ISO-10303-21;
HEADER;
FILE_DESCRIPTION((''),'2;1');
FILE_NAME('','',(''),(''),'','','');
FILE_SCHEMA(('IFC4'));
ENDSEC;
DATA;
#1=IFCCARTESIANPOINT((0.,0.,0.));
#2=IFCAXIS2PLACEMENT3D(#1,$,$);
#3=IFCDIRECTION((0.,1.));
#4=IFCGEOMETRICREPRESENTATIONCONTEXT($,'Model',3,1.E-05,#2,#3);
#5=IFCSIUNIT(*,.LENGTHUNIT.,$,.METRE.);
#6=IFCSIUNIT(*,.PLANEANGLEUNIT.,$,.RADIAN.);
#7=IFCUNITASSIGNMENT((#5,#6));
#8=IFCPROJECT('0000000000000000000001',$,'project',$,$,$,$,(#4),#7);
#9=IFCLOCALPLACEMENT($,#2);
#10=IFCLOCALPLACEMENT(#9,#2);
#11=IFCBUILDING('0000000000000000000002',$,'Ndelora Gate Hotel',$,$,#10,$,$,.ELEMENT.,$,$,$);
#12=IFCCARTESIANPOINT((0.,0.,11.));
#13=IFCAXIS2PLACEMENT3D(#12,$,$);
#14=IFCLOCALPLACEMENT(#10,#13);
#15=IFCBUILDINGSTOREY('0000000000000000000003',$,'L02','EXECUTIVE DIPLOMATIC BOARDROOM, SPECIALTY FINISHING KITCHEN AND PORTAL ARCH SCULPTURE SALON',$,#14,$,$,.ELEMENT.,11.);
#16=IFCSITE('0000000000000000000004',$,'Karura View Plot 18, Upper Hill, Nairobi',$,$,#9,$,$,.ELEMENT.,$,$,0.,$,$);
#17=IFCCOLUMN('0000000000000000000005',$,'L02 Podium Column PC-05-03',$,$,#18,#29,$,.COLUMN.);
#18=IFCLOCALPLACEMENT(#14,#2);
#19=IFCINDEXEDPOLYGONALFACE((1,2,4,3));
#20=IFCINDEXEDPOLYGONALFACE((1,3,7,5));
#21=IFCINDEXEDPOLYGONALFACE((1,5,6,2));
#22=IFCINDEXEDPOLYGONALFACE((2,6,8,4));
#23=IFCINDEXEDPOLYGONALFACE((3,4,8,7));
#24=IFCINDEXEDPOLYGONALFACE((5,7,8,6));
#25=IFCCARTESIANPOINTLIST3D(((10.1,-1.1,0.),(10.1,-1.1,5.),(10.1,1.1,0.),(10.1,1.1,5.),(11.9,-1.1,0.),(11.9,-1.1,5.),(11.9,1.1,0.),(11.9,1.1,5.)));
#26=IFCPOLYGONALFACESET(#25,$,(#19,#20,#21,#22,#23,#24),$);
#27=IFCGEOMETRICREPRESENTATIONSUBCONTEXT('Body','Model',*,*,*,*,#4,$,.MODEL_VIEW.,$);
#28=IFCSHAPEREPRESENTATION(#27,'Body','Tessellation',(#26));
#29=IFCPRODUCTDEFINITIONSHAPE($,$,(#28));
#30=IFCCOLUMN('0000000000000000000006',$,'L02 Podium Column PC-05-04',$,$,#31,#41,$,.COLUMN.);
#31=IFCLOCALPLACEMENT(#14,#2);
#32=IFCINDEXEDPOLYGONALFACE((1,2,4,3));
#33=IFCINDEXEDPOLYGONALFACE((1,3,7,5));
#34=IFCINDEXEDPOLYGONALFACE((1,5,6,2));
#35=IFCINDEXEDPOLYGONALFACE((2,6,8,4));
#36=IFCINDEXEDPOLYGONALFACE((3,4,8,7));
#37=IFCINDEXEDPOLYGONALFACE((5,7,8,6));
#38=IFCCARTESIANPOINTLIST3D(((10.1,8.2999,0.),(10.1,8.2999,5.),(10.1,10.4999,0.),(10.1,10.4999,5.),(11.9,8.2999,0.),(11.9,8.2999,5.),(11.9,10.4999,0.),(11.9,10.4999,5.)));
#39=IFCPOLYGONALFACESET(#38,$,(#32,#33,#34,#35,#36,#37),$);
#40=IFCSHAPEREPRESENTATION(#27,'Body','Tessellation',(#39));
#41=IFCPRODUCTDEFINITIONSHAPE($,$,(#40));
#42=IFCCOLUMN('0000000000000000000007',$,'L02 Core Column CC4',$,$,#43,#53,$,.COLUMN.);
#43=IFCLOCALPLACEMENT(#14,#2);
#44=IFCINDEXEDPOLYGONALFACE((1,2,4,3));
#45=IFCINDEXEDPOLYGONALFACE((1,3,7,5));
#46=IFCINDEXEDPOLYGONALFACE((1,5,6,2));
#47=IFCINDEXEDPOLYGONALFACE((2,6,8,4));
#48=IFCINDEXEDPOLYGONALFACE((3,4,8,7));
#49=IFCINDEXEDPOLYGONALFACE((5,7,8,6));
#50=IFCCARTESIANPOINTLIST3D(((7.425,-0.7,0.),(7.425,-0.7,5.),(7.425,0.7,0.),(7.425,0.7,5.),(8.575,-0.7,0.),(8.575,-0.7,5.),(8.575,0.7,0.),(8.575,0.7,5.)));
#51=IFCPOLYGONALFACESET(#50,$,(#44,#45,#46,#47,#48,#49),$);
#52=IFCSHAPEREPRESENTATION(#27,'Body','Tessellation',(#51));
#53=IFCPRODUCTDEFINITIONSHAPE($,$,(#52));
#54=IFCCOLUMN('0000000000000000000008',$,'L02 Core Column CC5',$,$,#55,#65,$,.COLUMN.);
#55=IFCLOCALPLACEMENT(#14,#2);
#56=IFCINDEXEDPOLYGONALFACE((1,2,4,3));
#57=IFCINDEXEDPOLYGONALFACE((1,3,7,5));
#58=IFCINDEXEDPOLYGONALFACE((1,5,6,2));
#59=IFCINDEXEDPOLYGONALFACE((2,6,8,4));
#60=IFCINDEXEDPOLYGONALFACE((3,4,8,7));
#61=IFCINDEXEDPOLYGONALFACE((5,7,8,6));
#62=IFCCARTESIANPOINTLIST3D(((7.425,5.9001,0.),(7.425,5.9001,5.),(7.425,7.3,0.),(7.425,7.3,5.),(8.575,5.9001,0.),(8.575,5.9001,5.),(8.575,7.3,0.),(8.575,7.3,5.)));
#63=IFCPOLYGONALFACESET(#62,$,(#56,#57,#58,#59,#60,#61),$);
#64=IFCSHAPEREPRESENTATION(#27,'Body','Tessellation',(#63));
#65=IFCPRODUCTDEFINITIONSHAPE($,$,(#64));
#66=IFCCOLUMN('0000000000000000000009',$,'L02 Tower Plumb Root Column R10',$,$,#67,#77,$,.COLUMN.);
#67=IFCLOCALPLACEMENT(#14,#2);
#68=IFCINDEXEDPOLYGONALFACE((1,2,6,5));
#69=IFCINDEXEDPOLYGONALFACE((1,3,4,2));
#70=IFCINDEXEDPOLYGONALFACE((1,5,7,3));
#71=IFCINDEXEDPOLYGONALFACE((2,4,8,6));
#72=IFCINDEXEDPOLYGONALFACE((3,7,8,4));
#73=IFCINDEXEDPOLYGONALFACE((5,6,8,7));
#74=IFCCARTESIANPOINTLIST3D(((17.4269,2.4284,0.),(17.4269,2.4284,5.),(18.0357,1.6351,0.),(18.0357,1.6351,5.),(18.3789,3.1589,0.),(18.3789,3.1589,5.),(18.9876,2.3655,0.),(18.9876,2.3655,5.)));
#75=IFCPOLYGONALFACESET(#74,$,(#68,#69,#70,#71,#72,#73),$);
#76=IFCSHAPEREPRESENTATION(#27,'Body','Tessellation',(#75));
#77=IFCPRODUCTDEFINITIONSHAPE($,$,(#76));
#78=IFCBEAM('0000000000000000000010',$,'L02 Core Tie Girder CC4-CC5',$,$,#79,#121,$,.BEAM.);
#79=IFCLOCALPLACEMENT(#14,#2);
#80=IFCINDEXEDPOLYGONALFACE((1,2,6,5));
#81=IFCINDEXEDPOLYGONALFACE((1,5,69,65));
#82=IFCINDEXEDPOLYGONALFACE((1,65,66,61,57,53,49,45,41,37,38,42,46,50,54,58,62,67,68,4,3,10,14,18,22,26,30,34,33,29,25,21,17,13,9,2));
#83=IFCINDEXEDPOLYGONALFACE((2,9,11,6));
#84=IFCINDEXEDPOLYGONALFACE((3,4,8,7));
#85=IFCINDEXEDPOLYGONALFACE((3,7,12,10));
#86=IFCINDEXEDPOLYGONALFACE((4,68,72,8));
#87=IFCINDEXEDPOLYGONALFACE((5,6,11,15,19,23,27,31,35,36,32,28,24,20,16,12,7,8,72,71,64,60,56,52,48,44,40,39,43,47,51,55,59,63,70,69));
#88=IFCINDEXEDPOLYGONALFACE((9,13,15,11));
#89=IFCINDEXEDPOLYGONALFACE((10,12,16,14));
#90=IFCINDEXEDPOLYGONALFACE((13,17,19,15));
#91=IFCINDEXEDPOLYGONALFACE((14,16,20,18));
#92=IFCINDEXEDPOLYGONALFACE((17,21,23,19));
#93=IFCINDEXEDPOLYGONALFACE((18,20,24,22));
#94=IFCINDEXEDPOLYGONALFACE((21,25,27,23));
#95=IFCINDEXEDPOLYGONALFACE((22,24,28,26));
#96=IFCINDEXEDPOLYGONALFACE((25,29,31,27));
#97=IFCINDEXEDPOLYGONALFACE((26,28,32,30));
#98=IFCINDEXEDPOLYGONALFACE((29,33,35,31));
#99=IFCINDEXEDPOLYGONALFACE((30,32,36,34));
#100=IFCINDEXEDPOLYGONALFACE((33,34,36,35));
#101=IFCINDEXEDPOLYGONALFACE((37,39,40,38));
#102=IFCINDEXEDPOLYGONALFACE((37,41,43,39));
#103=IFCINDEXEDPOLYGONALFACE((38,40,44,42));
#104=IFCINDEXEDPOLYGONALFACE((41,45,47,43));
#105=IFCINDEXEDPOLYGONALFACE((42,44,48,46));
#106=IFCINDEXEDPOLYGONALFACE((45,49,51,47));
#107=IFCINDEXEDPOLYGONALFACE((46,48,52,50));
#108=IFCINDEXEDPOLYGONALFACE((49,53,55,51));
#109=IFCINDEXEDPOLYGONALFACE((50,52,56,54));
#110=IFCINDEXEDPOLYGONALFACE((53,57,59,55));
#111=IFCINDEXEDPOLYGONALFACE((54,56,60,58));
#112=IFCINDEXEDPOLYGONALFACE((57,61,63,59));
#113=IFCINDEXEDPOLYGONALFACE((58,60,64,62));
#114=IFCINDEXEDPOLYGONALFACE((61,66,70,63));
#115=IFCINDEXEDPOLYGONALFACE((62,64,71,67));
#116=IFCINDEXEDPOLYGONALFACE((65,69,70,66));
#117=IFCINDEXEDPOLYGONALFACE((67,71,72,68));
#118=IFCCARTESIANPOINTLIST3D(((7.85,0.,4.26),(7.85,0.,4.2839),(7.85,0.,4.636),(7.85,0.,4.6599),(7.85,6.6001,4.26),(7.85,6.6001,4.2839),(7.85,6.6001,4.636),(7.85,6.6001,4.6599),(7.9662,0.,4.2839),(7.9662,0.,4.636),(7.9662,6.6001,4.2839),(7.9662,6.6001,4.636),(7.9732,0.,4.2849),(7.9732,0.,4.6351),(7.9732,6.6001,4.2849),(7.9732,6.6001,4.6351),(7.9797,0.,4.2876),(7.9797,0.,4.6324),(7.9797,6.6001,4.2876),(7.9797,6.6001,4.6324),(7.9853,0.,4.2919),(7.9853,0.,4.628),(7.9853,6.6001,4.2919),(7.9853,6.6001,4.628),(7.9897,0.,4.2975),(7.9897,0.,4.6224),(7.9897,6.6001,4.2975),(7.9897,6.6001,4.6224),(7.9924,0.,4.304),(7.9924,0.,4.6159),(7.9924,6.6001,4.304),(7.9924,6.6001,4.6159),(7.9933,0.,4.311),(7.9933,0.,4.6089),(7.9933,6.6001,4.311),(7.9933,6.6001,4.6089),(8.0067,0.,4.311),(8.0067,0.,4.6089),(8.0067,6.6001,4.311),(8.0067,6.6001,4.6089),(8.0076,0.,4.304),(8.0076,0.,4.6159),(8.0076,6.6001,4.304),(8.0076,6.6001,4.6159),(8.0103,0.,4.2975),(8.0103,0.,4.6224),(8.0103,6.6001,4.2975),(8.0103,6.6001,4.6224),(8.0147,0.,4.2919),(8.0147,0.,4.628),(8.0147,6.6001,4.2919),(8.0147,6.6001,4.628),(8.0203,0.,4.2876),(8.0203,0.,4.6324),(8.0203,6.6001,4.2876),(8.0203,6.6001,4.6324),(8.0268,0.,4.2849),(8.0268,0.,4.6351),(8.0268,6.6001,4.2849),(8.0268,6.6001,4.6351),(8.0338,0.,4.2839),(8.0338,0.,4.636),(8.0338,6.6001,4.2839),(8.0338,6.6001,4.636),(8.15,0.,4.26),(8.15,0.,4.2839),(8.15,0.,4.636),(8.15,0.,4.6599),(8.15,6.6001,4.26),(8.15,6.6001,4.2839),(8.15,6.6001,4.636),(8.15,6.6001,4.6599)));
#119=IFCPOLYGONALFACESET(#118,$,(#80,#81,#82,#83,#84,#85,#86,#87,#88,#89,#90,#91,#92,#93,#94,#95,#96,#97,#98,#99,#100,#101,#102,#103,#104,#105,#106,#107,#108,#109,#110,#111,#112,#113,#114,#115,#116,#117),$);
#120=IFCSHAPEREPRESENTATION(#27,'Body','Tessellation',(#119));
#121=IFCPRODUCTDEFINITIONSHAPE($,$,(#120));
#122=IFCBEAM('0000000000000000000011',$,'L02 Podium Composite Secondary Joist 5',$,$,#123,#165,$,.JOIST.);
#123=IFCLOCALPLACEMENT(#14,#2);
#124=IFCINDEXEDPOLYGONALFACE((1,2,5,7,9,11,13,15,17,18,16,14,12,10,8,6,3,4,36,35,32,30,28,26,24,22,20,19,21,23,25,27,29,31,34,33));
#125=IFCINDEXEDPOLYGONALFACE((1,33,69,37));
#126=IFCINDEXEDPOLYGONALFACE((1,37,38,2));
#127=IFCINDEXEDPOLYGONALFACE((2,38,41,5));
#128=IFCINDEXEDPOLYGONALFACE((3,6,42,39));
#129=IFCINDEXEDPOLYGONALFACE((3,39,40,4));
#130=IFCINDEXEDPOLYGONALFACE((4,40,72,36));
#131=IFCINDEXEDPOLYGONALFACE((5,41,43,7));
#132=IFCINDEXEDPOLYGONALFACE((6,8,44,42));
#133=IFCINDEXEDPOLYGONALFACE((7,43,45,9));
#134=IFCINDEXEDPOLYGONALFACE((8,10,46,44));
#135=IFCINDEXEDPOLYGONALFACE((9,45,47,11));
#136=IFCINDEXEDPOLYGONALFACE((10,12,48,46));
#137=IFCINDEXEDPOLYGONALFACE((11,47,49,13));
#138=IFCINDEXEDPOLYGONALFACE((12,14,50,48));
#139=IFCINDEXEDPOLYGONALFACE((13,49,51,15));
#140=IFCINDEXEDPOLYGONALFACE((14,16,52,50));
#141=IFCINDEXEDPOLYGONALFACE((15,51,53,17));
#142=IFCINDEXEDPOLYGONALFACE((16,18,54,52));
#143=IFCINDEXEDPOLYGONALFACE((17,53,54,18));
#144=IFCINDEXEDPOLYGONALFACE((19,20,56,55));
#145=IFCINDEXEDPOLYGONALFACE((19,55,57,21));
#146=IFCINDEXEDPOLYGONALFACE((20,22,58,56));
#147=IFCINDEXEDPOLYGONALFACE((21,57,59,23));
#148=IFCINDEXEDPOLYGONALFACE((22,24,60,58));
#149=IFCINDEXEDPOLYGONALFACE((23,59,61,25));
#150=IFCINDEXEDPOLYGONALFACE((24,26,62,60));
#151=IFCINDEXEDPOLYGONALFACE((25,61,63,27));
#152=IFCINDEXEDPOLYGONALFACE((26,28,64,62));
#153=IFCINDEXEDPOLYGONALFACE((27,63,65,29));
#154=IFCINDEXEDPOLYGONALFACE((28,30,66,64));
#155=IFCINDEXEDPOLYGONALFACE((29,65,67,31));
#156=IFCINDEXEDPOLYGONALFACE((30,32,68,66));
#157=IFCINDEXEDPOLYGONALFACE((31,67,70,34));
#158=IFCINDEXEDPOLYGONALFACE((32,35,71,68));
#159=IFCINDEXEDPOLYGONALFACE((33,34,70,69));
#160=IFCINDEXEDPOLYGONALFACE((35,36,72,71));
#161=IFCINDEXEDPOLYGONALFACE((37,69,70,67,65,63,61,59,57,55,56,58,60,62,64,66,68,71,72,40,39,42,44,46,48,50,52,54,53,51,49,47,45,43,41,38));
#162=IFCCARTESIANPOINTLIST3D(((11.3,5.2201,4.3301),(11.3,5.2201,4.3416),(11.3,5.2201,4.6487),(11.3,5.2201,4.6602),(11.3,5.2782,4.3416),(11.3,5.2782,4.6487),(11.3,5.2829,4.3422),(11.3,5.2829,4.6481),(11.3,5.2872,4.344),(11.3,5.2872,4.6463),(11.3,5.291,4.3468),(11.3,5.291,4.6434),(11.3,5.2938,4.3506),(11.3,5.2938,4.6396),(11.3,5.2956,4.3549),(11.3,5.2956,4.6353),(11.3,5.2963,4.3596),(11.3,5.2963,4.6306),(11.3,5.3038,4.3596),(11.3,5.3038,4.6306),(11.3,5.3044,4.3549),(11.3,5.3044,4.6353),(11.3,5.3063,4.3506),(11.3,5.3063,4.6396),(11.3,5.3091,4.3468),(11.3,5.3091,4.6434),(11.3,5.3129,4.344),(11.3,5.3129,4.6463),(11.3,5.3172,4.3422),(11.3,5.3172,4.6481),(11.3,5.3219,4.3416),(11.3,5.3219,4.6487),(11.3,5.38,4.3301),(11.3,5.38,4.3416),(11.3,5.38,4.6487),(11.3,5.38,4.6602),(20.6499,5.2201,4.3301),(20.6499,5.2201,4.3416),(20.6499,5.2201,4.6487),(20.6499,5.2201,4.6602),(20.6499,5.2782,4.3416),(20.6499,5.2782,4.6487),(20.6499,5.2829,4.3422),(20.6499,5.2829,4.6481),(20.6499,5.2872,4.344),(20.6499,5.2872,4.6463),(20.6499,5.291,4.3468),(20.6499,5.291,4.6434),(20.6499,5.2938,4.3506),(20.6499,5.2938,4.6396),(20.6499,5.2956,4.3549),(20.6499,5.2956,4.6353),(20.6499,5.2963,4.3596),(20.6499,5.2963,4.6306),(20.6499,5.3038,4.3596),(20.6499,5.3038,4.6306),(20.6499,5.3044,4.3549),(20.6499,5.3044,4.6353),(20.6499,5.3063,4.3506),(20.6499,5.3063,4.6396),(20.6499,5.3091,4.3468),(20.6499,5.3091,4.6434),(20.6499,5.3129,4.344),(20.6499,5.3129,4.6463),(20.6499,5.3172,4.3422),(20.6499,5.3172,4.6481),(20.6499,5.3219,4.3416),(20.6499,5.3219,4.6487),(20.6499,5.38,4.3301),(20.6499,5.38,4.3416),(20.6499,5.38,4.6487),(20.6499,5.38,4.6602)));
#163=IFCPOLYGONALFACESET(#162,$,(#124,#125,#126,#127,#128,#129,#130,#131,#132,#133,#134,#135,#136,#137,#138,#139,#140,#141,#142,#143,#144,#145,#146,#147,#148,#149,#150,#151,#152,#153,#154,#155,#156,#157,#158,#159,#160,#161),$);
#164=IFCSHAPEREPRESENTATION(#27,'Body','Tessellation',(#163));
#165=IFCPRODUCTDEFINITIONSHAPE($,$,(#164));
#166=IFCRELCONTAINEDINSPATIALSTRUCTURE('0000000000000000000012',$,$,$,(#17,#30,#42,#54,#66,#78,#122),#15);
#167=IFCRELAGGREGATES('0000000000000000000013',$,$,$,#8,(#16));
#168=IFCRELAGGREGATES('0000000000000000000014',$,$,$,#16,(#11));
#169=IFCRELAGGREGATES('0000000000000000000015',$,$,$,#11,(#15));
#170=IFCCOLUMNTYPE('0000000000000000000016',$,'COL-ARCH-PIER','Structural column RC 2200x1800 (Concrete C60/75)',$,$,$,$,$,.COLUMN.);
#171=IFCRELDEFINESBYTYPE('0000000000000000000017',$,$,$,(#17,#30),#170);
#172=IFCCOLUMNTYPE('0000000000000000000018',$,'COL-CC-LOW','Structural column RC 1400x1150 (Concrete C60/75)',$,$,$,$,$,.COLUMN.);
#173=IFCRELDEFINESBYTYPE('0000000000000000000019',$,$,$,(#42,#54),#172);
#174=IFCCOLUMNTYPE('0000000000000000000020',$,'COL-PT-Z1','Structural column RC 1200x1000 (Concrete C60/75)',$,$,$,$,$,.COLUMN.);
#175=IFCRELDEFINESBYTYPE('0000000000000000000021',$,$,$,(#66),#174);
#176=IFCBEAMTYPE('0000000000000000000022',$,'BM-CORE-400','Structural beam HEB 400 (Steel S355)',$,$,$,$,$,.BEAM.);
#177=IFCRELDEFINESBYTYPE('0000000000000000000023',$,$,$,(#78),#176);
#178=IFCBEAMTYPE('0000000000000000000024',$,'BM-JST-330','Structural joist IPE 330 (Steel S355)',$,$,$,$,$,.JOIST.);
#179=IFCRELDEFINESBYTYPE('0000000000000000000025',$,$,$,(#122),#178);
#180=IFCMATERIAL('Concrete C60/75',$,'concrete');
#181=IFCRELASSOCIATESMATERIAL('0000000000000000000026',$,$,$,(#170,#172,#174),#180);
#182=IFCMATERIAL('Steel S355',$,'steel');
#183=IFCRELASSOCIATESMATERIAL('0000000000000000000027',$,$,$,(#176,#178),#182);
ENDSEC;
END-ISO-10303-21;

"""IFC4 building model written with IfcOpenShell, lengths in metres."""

from ifc_helpers import new_model, si_unit, direction, frame, origin, origin_2d, place, context, subcontext, project, spatial, rectangle, i_section, extrude, material, material_profile, profile_set, type_object, element, save


model = new_model("IFC4")

# Units and contexts
model_context = context("Model", 3, precision=1e-05, world=origin(), true_north=direction((0.0, 1.0)))
body_context = subcontext(model_context, "Body", "Model", "MODEL_VIEW")
ifc_project = project(units=[si_unit("LENGTHUNIT", "METRE"), si_unit("PLANEANGLEUNIT", "RADIAN")], contexts=[model_context])

# Site, building, storey
site_placement = place(None, origin())
site = spatial("IfcSite", under=ifc_project, at=site_placement, Name="Karura View Plot 18, Upper Hill, Nairobi", CompositionType="ELEMENT", RefElevation=0.0)
building_placement = place(site_placement, origin())
building = spatial("IfcBuilding", under=site, at=building_placement, Name="Ndelora Gate Hotel", CompositionType="ELEMENT")
storey_placement = place(building_placement, frame((0.0, 0.0, 11.0)))
storey = spatial("IfcBuildingStorey", under=building, at=storey_placement, Name="L02", Description="EXECUTIVE DIPLOMATIC BOARDROOM, SPECIALTY FINISHING KITCHEN AND PORTAL ARCH SCULPTURE SALON", CompositionType="ELEMENT", Elevation=11.0)

# Columns
ifc_material_1 = material(Name="Concrete C60/75", Category="concrete")
ifc_material_profile_1 = material_profile(ifc_material_1, rectangle(XDim=1.8, YDim=2.2, at=origin_2d()), Name="RC 2200x1800")
ifc_profile_set_1 = profile_set([ifc_material_profile_1], Name="Concrete C60/75")
column_type_1 = type_object("IfcColumnType", Name="COL-ARCH-PIER", Description="Structural column RC 2200x1800 (Concrete C60/75)", PredefinedType="COLUMN", material=ifc_profile_set_1)
for number, where, z_axis, x_axis, name in (
    (1, (11.0, 0.0, 0.0), (0.0, 0.0, 1.0), (1.0, 0.0, 0.0), "L02 Podium Column PC-05-03"),
    (2, (11.0, 9.3999, 0.0), (0.0, 0.0, 1.0), (1.0, 0.0, 0.0), "L02 Podium Column PC-05-04"),
):
    element("IfcColumn", number, at=place(storey_placement, frame(where, z_axis=z_axis, x_axis=x_axis)), inside=storey, type_object=column_type_1, Name=name, PredefinedType="COLUMN", context=body_context, shape_type="SweptSolid", body=[
        extrude(rectangle(XDim=1.8, YDim=2.2, at=origin_2d()), origin(), (0.0, 0.0, 1.0), 5.0),
    ])
ifc_material_profile_2 = material_profile(ifc_material_1, rectangle(XDim=1.1499, YDim=1.3999, at=origin_2d()), Name="RC 1400x1150")
ifc_profile_set_2 = profile_set([ifc_material_profile_2], Name="Concrete C60/75")
column_type_2 = type_object("IfcColumnType", Name="COL-CC-LOW", Description="Structural column RC 1400x1150 (Concrete C60/75)", PredefinedType="COLUMN", material=ifc_profile_set_2)
for number, where, z_axis, x_axis, name in (
    (3, (8.0, 0.0, 0.0), (0.0, 0.0, 1.0), (1.0, 0.0, 0.0), "L02 Core Column CC4"),
    (4, (8.0, 6.6001, 0.0), (0.0, 0.0, 1.0), (1.0, 0.0, 0.0), "L02 Core Column CC5"),
):
    element("IfcColumn", number, at=place(storey_placement, frame(where, z_axis=z_axis, x_axis=x_axis)), inside=storey, type_object=column_type_2, Name=name, PredefinedType="COLUMN", context=body_context, shape_type="SweptSolid", body=[
        extrude(rectangle(XDim=1.1499, YDim=1.3999, at=origin_2d()), origin(), (0.0, 0.0, 1.0), 5.0),
    ])
ifc_material_profile_3 = material_profile(ifc_material_1, rectangle(XDim=1.0, YDim=1.2, at=origin_2d()), Name="RC 1200x1000")
ifc_profile_set_3 = profile_set([ifc_material_profile_3], Name="Concrete C60/75")
column_type_3 = type_object("IfcColumnType", Name="COL-PT-Z1", Description="Structural column RC 1200x1000 (Concrete C60/75)", PredefinedType="COLUMN", material=ifc_profile_set_3)
column_placement = place(storey_placement, frame((18.2073, 2.397, 0.0), z_axis=(0.0, 0.0, 1.0), x_axis=(-0.608761, 0.793353, 0.0)))
element("IfcColumn", 5, at=column_placement, inside=storey, type_object=column_type_3, Name="L02 Tower Plumb Root Column R10", PredefinedType="COLUMN", context=body_context, shape_type="SweptSolid", body=[
    extrude(rectangle(XDim=1.0, YDim=1.2, at=origin_2d()), origin(), (0.0, 0.0, 1.0), 5.0),
])

# Beams
ifc_material_2 = material(Name="Steel S355", Category="steel")
ifc_material_profile_4 = material_profile(ifc_material_2, i_section(OverallWidth=0.3, OverallDepth=0.3999, WebThickness=0.0134, FlangeThickness=0.0239, FilletRadius=0.0271, at=origin_2d()), Name="HEB 400")
ifc_profile_set_4 = profile_set([ifc_material_profile_4], Name="Steel S355")
beam_type_1 = type_object("IfcBeamType", Name="BM-CORE-400", Description="Structural beam HEB 400 (Steel S355)", PredefinedType="BEAM", material=ifc_profile_set_4)
beam_1_placement = place(storey_placement, frame((8.0, 0.0, 4.46), z_axis=(0.0, 1.0, 0.0), x_axis=(-1.0, 0.0, 0.0)))
element("IfcBeam", 6, at=beam_1_placement, inside=storey, type_object=beam_type_1, Name="L02 Core Tie Girder CC4-CC5", PredefinedType="BEAM", context=body_context, shape_type="SweptSolid", body=[
    extrude(i_section(OverallWidth=0.3, OverallDepth=0.3999, WebThickness=0.0134, FlangeThickness=0.0239, FilletRadius=0.0271, at=origin_2d()), origin(), (0.0, 0.0, 1.0), 6.6001),
])
ifc_material_profile_5 = material_profile(ifc_material_2, i_section(OverallWidth=0.1599, OverallDepth=0.3301, WebThickness=0.0076, FlangeThickness=0.0115, FilletRadius=0.0181, at=origin_2d()), Name="IPE 330")
ifc_profile_set_5 = profile_set([ifc_material_profile_5], Name="Steel S355")
beam_type_2 = type_object("IfcBeamType", Name="BM-JST-330", Description="Structural joist IPE 330 (Steel S355)", PredefinedType="JOIST", material=ifc_profile_set_5)
beam_2_placement = place(storey_placement, frame((11.3, 5.3, 4.4951), z_axis=(1.0, 0.0, 0.0), x_axis=(0.0, 1.0, 0.0)))
element("IfcBeam", 7, at=beam_2_placement, inside=storey, type_object=beam_type_2, Name="L02 Podium Composite Secondary Joist 5", PredefinedType="JOIST", context=body_context, shape_type="SweptSolid", body=[
    extrude(i_section(OverallWidth=0.1599, OverallDepth=0.3301, WebThickness=0.0076, FlangeThickness=0.0115, FilletRadius=0.0181, at=origin_2d()), origin(), (0.0, 0.0, 1.0), 9.3499),
])

save(model, "model.ifc")
